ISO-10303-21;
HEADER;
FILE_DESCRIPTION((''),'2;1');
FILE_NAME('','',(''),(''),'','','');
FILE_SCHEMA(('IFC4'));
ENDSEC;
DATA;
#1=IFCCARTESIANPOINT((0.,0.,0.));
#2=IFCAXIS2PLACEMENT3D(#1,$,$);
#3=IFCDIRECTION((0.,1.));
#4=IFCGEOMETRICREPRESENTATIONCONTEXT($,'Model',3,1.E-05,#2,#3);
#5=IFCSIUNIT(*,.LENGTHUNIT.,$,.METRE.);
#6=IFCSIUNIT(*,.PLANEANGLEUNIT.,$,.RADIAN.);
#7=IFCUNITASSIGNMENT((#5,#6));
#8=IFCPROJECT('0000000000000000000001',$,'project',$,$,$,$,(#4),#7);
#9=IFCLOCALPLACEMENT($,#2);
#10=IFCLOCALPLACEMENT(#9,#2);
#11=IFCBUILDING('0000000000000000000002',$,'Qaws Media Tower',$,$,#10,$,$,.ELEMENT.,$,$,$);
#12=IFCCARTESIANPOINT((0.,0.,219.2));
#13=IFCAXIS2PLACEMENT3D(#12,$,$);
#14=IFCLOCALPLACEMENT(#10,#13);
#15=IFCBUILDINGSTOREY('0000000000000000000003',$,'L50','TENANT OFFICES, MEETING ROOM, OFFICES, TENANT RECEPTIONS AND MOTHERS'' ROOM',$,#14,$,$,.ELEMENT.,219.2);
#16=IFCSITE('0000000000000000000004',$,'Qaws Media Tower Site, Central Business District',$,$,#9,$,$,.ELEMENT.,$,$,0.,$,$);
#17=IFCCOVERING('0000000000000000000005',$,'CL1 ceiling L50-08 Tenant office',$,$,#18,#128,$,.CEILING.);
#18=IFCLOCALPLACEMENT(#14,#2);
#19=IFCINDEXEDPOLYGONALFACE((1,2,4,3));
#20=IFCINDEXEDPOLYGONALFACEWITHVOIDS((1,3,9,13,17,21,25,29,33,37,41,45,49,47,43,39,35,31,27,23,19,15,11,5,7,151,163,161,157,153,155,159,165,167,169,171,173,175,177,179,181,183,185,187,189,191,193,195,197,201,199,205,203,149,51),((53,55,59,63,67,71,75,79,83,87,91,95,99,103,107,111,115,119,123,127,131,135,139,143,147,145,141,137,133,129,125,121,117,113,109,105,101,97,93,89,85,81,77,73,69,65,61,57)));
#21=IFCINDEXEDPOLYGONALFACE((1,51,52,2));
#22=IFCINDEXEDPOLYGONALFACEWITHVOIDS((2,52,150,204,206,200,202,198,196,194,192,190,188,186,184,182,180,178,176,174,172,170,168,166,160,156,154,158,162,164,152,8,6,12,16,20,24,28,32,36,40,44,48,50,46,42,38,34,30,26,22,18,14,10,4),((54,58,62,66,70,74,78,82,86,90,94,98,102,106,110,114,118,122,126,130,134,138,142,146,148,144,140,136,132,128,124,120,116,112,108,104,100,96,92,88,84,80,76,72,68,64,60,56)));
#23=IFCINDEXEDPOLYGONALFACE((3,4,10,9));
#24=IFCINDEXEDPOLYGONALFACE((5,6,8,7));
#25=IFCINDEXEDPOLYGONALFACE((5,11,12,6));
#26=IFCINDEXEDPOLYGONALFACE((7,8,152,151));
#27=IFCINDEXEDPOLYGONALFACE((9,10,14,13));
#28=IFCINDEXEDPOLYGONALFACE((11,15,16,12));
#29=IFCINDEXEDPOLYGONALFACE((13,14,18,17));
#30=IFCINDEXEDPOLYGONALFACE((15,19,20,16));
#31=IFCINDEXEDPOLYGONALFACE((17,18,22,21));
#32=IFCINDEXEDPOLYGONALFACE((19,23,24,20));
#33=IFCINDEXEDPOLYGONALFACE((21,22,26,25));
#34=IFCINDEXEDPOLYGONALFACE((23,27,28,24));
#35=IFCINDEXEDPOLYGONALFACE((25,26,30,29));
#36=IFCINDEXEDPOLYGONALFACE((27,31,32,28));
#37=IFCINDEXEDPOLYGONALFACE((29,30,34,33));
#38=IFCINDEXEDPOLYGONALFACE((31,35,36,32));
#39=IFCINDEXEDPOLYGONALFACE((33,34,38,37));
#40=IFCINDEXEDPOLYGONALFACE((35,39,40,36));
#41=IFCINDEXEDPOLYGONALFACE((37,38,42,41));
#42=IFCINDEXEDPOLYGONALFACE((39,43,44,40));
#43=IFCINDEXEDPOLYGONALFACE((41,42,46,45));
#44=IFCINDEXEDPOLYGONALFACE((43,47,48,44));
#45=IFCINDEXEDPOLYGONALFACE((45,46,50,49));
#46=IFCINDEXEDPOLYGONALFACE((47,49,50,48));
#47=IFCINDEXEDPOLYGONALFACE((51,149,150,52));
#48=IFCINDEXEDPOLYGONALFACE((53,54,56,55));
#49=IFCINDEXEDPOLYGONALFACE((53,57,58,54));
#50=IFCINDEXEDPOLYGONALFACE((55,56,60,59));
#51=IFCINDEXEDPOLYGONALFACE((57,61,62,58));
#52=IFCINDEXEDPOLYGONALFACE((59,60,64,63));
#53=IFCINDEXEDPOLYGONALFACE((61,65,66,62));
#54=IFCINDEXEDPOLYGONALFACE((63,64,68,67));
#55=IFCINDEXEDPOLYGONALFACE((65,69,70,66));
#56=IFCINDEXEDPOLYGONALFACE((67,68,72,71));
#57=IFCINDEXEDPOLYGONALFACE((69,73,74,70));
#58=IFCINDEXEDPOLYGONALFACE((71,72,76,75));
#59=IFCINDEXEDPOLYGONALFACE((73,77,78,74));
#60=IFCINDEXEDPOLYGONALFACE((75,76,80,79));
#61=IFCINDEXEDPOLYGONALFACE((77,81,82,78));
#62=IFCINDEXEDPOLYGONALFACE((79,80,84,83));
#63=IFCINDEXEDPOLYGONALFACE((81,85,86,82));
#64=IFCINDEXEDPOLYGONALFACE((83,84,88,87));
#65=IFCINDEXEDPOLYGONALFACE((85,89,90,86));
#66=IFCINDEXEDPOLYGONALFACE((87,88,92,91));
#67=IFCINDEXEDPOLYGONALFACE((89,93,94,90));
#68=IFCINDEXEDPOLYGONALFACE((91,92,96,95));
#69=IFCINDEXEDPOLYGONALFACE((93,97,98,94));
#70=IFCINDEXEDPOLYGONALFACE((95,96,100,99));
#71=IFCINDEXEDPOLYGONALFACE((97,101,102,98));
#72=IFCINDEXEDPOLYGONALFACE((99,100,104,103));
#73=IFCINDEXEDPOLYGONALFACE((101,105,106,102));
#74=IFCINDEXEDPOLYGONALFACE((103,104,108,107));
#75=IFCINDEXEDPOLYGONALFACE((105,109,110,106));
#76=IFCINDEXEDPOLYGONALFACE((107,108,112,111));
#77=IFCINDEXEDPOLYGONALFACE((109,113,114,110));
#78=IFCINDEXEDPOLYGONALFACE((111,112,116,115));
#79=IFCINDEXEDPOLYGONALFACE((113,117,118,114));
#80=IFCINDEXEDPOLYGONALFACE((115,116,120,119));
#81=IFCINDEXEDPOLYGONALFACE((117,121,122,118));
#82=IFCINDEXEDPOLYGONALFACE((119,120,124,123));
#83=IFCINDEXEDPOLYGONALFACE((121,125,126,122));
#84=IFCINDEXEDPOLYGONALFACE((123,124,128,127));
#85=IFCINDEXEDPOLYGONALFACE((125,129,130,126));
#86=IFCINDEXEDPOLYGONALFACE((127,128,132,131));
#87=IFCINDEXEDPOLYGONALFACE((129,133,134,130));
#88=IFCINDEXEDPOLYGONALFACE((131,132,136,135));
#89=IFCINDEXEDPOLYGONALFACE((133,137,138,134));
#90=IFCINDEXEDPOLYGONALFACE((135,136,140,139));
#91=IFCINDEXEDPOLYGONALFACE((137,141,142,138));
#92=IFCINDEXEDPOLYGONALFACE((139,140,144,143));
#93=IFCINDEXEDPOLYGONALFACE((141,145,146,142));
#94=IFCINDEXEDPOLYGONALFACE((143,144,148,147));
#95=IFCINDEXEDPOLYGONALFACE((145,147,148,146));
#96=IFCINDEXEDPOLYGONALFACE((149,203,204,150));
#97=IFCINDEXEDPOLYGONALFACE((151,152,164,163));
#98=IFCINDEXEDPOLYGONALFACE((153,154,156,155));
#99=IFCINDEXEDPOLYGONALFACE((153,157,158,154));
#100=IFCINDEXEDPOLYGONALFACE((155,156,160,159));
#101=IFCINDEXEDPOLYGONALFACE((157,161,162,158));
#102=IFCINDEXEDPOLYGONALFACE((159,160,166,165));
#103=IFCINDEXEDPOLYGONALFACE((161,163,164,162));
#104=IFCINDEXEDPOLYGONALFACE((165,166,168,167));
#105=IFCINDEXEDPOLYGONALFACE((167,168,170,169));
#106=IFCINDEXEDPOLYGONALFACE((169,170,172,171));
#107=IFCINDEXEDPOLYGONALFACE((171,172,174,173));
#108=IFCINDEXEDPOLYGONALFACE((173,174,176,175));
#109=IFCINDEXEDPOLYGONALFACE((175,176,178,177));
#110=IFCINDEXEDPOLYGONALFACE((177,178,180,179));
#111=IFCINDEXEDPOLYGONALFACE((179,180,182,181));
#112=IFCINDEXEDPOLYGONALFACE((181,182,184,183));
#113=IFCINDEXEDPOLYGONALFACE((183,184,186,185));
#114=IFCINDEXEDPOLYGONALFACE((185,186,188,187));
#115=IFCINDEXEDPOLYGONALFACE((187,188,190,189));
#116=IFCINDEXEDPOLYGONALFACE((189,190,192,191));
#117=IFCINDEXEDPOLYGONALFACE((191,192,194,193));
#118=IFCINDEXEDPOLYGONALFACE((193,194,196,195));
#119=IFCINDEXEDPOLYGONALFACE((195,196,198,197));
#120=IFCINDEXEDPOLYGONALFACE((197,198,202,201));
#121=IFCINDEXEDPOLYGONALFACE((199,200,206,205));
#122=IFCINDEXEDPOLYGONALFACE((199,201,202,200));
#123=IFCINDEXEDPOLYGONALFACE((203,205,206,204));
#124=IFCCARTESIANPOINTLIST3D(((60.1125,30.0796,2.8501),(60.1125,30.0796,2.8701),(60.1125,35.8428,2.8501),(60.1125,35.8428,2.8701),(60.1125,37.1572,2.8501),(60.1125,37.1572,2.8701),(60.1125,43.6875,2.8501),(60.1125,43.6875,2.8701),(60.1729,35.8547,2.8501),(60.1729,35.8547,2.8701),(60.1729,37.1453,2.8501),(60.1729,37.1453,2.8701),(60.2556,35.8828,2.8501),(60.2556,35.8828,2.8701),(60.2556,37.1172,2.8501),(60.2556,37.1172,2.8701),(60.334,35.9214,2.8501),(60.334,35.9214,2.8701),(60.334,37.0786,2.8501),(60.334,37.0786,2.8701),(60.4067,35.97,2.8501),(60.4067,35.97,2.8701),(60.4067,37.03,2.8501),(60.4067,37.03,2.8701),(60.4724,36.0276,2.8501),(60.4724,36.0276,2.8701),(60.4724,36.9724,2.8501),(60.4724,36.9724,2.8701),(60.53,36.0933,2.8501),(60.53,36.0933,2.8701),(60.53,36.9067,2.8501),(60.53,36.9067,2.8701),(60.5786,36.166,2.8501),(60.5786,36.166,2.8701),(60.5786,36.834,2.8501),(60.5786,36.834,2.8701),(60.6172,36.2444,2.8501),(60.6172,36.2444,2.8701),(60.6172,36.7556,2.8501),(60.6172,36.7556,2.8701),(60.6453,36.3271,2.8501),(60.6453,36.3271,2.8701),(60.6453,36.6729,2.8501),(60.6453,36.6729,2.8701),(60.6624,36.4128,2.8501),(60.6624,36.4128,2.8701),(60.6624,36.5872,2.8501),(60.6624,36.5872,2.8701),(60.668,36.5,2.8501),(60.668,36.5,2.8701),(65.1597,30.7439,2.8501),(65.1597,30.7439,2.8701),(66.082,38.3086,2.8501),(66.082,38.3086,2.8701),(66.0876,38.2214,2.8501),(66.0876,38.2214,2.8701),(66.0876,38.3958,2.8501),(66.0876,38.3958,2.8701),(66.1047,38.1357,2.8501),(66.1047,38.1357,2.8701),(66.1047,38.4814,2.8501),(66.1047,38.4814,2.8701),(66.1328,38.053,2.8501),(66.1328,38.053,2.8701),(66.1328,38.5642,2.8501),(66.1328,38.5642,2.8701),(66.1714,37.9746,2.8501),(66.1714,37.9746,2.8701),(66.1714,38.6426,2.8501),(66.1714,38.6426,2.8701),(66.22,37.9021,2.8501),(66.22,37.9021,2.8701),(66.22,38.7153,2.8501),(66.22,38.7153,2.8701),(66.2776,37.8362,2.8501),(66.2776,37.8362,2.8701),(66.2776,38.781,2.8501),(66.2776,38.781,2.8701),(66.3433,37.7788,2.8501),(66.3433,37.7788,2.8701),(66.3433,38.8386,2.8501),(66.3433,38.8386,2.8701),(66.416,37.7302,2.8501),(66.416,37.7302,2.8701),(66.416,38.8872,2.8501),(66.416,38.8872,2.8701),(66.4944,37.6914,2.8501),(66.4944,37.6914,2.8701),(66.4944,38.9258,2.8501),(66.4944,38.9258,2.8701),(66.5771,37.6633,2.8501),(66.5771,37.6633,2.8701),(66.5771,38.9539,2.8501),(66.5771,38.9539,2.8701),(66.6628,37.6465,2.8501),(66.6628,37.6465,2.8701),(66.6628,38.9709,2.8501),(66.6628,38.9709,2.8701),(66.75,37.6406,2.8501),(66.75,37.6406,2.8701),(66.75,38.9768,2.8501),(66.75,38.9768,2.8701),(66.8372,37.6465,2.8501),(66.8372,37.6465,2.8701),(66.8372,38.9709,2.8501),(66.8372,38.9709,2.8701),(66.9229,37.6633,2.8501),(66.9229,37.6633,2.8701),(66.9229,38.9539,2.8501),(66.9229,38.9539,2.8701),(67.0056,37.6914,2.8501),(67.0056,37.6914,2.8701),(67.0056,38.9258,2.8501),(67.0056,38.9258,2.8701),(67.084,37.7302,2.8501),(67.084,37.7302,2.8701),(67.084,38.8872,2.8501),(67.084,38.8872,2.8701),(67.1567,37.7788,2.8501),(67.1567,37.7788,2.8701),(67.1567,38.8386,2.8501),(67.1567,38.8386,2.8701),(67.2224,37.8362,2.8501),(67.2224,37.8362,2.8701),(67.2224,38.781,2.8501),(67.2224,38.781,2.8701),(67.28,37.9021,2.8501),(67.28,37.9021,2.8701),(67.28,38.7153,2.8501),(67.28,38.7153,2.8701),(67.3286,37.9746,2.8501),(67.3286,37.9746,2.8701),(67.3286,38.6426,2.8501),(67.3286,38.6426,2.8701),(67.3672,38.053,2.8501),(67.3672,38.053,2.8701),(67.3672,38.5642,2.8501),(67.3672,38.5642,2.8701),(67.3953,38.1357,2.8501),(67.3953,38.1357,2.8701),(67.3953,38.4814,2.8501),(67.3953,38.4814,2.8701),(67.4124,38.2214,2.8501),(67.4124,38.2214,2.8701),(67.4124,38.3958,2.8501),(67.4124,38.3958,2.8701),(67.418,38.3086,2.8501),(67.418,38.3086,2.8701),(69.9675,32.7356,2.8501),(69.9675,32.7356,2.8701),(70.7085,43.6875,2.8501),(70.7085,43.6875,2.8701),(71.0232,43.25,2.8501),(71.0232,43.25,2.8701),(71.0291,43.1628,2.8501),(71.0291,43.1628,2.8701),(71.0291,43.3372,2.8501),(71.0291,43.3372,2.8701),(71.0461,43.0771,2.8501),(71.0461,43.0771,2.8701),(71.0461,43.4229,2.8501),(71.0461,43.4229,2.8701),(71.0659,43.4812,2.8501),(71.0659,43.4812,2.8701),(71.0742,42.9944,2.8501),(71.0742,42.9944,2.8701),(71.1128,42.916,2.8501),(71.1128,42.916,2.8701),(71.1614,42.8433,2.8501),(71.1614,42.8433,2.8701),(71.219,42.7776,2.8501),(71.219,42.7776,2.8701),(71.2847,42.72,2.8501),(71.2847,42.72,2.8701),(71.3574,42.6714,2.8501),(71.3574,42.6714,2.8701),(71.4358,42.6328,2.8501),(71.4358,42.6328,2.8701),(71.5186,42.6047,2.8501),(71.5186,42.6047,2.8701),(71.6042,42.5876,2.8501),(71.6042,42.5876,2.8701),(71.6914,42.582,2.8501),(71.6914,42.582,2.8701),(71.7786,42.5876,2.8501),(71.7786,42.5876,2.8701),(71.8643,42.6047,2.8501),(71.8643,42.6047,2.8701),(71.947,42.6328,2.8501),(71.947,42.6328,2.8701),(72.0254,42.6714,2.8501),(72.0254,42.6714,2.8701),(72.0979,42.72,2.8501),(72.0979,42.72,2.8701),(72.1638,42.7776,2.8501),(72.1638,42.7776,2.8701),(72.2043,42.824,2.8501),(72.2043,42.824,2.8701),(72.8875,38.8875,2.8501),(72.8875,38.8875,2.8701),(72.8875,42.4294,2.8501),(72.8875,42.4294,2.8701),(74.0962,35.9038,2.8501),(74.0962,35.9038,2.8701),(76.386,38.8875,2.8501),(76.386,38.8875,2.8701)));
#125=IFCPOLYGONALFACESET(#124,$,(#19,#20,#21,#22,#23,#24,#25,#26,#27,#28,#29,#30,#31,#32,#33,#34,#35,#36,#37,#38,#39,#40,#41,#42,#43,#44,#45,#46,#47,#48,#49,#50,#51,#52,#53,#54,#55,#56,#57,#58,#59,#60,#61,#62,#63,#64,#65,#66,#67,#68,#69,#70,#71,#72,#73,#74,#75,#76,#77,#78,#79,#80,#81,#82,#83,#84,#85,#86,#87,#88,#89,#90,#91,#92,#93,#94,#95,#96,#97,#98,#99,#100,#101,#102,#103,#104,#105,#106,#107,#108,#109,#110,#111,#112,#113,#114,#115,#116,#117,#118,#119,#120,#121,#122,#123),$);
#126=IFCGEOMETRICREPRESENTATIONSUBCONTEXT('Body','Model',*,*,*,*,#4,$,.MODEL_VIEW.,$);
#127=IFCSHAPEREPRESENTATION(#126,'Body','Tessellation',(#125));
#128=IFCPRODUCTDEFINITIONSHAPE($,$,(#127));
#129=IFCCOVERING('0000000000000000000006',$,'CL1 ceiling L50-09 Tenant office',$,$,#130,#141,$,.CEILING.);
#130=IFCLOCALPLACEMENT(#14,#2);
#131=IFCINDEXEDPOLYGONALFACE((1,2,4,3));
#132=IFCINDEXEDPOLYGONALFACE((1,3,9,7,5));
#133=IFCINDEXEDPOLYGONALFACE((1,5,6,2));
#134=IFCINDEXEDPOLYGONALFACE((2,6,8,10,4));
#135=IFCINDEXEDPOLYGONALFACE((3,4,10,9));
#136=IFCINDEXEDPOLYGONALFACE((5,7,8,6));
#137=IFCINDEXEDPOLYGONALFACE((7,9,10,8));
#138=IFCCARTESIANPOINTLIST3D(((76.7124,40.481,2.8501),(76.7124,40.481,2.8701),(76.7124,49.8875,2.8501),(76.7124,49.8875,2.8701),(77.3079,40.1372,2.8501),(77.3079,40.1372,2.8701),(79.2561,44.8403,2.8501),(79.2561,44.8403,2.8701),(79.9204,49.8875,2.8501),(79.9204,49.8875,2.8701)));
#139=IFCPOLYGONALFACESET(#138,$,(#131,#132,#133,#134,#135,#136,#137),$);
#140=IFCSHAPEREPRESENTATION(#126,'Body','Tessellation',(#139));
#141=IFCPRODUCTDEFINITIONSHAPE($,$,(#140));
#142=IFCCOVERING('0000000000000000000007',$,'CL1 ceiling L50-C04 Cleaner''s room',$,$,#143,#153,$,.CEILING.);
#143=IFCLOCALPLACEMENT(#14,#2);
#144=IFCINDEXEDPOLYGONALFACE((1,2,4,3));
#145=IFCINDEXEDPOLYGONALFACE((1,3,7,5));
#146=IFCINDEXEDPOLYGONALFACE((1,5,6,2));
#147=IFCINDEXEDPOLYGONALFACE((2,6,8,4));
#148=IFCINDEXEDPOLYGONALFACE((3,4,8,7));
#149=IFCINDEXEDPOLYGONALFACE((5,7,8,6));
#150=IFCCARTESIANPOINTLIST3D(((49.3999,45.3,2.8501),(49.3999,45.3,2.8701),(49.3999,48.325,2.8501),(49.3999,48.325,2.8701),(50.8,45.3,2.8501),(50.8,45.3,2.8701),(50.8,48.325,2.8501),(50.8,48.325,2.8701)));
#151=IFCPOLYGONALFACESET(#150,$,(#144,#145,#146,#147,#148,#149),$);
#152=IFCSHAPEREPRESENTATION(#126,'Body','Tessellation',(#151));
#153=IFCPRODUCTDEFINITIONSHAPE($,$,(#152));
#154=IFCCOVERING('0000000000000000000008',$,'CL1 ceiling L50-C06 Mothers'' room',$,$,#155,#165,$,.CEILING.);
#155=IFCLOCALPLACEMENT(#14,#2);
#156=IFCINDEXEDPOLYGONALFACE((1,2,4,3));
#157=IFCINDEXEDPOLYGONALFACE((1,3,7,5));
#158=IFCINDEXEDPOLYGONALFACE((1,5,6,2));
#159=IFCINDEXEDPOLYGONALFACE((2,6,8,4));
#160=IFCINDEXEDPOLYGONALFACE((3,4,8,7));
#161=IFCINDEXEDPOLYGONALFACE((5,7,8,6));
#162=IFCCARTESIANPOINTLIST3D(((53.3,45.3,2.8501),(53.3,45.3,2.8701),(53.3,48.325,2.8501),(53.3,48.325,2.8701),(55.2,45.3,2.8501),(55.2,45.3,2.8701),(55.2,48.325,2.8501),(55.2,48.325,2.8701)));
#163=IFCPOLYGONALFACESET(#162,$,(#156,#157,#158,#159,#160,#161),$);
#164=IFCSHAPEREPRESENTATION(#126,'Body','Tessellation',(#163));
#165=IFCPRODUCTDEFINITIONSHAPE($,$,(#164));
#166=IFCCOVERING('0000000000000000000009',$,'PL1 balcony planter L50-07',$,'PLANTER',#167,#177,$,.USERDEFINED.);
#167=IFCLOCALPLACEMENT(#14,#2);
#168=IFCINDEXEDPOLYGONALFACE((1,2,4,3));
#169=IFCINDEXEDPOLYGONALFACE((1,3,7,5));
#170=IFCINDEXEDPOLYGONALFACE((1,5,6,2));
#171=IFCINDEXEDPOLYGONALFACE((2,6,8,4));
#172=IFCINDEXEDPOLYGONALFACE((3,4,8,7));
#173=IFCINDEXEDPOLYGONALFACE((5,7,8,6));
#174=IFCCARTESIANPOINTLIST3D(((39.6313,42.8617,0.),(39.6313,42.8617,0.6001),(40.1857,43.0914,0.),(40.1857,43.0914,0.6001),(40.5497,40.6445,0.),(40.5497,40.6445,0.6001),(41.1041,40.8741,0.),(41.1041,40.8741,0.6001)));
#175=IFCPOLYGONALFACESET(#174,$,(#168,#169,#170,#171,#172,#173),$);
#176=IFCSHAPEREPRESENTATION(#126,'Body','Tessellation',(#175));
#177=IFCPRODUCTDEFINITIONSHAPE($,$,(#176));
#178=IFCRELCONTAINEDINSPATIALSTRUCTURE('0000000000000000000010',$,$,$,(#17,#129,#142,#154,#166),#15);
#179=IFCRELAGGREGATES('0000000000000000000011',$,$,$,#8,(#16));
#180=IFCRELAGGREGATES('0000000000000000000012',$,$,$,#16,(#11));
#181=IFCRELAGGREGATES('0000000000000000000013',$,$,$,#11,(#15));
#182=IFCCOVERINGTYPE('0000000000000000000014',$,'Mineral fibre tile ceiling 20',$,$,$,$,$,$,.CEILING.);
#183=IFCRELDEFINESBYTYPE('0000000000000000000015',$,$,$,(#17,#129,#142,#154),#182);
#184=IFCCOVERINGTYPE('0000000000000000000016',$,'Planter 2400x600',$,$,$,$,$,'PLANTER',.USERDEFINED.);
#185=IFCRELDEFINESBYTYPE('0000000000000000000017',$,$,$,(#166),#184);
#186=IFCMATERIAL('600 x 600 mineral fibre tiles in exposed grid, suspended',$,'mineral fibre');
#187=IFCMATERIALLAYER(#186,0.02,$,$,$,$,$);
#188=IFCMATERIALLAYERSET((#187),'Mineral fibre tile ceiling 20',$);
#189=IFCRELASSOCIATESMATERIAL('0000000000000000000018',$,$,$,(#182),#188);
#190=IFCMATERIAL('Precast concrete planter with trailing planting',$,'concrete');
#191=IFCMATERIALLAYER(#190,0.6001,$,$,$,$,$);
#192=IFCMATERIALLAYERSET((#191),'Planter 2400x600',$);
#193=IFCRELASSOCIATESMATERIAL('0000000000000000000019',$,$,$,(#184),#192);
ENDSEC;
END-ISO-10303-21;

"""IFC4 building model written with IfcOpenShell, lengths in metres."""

from ifc_helpers import new_model, si_unit, direction, frame, origin, origin_2d, place, context, subcontext, project, spatial, polyline, rectangle, outline, extrude, material, layer, layer_set, type_object, element, save


model = new_model("IFC4")

# Units and contexts
model_context = context("Model", 3, precision=1e-05, world=origin(), true_north=direction((0.0, 1.0)))
body_context = subcontext(model_context, "Body", "Model", "MODEL_VIEW")
ifc_project = project(units=[si_unit("LENGTHUNIT", "METRE"), si_unit("PLANEANGLEUNIT", "RADIAN")], contexts=[model_context])

# Site, building, storey
site_placement = place(None, origin())
site = spatial("IfcSite", under=ifc_project, at=site_placement, Name="Qaws Media Tower Site, Central Business District", CompositionType="ELEMENT", RefElevation=0.0)
building_placement = place(site_placement, origin())
building = spatial("IfcBuilding", under=site, at=building_placement, Name="Qaws Media Tower", CompositionType="ELEMENT")
storey_placement = place(building_placement, frame((0.0, 0.0, 219.2)))
storey = spatial("IfcBuildingStorey", under=building, at=storey_placement, Name="L50", Description="TENANT OFFICES, MEETING ROOM, OFFICES, TENANT RECEPTIONS AND MOTHERS' ROOM", CompositionType="ELEMENT", Elevation=219.2)

# Coverings
ifc_material_1 = material(Name="600 x 600 mineral fibre tiles in exposed grid, suspended", Category="mineral fibre")
ifc_layer_1 = layer(ifc_material_1, 0.02)
ifc_layer_set_1 = layer_set([ifc_layer_1], Name="Mineral fibre tile ceiling 20")
covering_type_1 = type_object("IfcCoveringType", Name="Mineral fibre tile ceiling 20", PredefinedType="CEILING", material=ifc_layer_set_1)
covering_1_placement = place(storey_placement, frame((0.0, 0.0, 2.8501)))
element("IfcCovering", 1, at=covering_1_placement, inside=storey, type_object=covering_type_1, Name="CL1 ceiling L50-08 Tenant office", PredefinedType="CEILING", context=body_context, shape_type="SweptSolid", body=[
    extrude(outline(polyline([(72.8875, 38.8875), (76.386, 38.8875), (74.0962, 35.9038), (69.9675, 32.7356), (65.1597, 30.7439), (60.1125, 30.0796), (60.1125, 35.8428), (60.1729, 35.8547), (60.2556, 35.8828), (60.334, 35.9214), (60.4067, 35.97), (60.4724, 36.0276), (60.53, 36.0933), (60.5786, 36.166), (60.6172, 36.2444), (60.6453, 36.3271), (60.6624, 36.4128), (60.668, 36.5), (60.6624, 36.5872), (60.6453, 36.6729), (60.6172, 36.7556), (60.5786, 36.834), (60.53, 36.9067), (60.4724, 36.9724), (60.4067, 37.03), (60.334, 37.0786), (60.2556, 37.1172), (60.1729, 37.1453), (60.1125, 37.1572), (60.1125, 43.6875), (70.7085, 43.6875), (71.0659, 43.4812), (71.0461, 43.4229), (71.0291, 43.3372), (71.0232, 43.25), (71.0291, 43.1628), (71.0461, 43.0771), (71.0742, 42.9944), (71.1128, 42.916), (71.1614, 42.8433), (71.219, 42.7776), (71.2847, 42.72), (71.3574, 42.6714), (71.4358, 42.6328), (71.5186, 42.6047), (71.6042, 42.5876), (71.6914, 42.582), (71.7786, 42.5876), (71.8643, 42.6047), (71.947, 42.6328), (72.0254, 42.6714), (72.0979, 42.72), (72.1638, 42.7776), (72.2043, 42.824), (72.8875, 42.4294), (72.8875, 38.8875)]), holes=[polyline([(67.3672, 38.053), (67.3953, 38.1357), (67.4124, 38.2214), (67.418, 38.3086), (67.4124, 38.3958), (67.3953, 38.4814), (67.3672, 38.5642), (67.3286, 38.6426), (67.28, 38.7153), (67.2224, 38.781), (67.1567, 38.8386), (67.084, 38.8872), (67.0056, 38.9258), (66.9229, 38.9539), (66.8372, 38.9709), (66.75, 38.9768), (66.6628, 38.9709), (66.5771, 38.9539), (66.4944, 38.9258), (66.416, 38.8872), (66.3433, 38.8386), (66.2776, 38.781), (66.22, 38.7153), (66.1714, 38.6426), (66.1328, 38.5642), (66.1047, 38.4814), (66.0876, 38.3958), (66.082, 38.3086), (66.0876, 38.2214), (66.1047, 38.1357), (66.1328, 38.053), (66.1714, 37.9746), (66.22, 37.9021), (66.2776, 37.8362), (66.3433, 37.7788), (66.416, 37.7302), (66.4944, 37.6914), (66.5771, 37.6633), (66.6628, 37.6465), (66.75, 37.6406), (66.8372, 37.6465), (66.9229, 37.6633), (67.0056, 37.6914), (67.084, 37.7302), (67.1567, 37.7788), (67.2224, 37.8362), (67.28, 37.9021), (67.3286, 37.9746), (67.3672, 38.053)])]), origin(), (0.0, 0.0, 1.0), 0.02),
])
covering_2_placement = place(storey_placement, frame((0.0, 0.0, 2.8501)))
element("IfcCovering", 2, at=covering_2_placement, inside=storey, type_object=covering_type_1, Name="CL1 ceiling L50-09 Tenant office", PredefinedType="CEILING", context=body_context, shape_type="SweptSolid", body=[
    extrude(outline(polyline([(79.2561, 44.8403), (77.3079, 40.1372), (76.7124, 40.481), (76.7124, 49.8875), (79.9204, 49.8875), (79.2561, 44.8403)])), origin(), (0.0, 0.0, 1.0), 0.02),
])
covering_3_placement = place(storey_placement, frame((0.0, 0.0, 2.8501)))
element("IfcCovering", 3, at=covering_3_placement, inside=storey, type_object=covering_type_1, Name="CL1 ceiling L50-C04 Cleaner's room", PredefinedType="CEILING", context=body_context, shape_type="SweptSolid", body=[
    extrude(outline(polyline([(49.3999, 45.3), (49.3999, 48.325), (50.8, 48.325), (50.8, 45.3), (49.3999, 45.3)])), origin(), (0.0, 0.0, 1.0), 0.02),
])
covering_4_placement = place(storey_placement, frame((0.0, 0.0, 2.8501)))
element("IfcCovering", 4, at=covering_4_placement, inside=storey, type_object=covering_type_1, Name="CL1 ceiling L50-C06 Mothers' room", PredefinedType="CEILING", context=body_context, shape_type="SweptSolid", body=[
    extrude(outline(polyline([(53.3, 45.3), (53.3, 48.325), (55.2, 48.325), (55.2, 45.3), (53.3, 45.3)])), origin(), (0.0, 0.0, 1.0), 0.02),
])
ifc_material_2 = material(Name="Precast concrete planter with trailing planting", Category="concrete")
ifc_layer_2 = layer(ifc_material_2, 0.6001)
ifc_layer_set_2 = layer_set([ifc_layer_2], Name="Planter 2400x600")
covering_type_2 = type_object("IfcCoveringType", Name="Planter 2400x600", ElementType="PLANTER", PredefinedType="USERDEFINED", material=ifc_layer_set_2)
covering_5_placement = place(storey_placement, frame((40.3677, 41.8679, 0.0), z_axis=(0.0, 0.0, 1.0), x_axis=(0.382683, -0.92388, 0.0)))
element("IfcCovering", 5, at=covering_5_placement, inside=storey, type_object=covering_type_2, Name="PL1 balcony planter L50-07", ObjectType="PLANTER", PredefinedType="USERDEFINED", context=body_context, shape_type="SweptSolid", body=[
    extrude(rectangle(XDim=2.3999, YDim=0.6001, at=origin_2d()), origin(), (0.0, 0.0, 1.0), 0.6001),
])

save(model, "model.ifc")
